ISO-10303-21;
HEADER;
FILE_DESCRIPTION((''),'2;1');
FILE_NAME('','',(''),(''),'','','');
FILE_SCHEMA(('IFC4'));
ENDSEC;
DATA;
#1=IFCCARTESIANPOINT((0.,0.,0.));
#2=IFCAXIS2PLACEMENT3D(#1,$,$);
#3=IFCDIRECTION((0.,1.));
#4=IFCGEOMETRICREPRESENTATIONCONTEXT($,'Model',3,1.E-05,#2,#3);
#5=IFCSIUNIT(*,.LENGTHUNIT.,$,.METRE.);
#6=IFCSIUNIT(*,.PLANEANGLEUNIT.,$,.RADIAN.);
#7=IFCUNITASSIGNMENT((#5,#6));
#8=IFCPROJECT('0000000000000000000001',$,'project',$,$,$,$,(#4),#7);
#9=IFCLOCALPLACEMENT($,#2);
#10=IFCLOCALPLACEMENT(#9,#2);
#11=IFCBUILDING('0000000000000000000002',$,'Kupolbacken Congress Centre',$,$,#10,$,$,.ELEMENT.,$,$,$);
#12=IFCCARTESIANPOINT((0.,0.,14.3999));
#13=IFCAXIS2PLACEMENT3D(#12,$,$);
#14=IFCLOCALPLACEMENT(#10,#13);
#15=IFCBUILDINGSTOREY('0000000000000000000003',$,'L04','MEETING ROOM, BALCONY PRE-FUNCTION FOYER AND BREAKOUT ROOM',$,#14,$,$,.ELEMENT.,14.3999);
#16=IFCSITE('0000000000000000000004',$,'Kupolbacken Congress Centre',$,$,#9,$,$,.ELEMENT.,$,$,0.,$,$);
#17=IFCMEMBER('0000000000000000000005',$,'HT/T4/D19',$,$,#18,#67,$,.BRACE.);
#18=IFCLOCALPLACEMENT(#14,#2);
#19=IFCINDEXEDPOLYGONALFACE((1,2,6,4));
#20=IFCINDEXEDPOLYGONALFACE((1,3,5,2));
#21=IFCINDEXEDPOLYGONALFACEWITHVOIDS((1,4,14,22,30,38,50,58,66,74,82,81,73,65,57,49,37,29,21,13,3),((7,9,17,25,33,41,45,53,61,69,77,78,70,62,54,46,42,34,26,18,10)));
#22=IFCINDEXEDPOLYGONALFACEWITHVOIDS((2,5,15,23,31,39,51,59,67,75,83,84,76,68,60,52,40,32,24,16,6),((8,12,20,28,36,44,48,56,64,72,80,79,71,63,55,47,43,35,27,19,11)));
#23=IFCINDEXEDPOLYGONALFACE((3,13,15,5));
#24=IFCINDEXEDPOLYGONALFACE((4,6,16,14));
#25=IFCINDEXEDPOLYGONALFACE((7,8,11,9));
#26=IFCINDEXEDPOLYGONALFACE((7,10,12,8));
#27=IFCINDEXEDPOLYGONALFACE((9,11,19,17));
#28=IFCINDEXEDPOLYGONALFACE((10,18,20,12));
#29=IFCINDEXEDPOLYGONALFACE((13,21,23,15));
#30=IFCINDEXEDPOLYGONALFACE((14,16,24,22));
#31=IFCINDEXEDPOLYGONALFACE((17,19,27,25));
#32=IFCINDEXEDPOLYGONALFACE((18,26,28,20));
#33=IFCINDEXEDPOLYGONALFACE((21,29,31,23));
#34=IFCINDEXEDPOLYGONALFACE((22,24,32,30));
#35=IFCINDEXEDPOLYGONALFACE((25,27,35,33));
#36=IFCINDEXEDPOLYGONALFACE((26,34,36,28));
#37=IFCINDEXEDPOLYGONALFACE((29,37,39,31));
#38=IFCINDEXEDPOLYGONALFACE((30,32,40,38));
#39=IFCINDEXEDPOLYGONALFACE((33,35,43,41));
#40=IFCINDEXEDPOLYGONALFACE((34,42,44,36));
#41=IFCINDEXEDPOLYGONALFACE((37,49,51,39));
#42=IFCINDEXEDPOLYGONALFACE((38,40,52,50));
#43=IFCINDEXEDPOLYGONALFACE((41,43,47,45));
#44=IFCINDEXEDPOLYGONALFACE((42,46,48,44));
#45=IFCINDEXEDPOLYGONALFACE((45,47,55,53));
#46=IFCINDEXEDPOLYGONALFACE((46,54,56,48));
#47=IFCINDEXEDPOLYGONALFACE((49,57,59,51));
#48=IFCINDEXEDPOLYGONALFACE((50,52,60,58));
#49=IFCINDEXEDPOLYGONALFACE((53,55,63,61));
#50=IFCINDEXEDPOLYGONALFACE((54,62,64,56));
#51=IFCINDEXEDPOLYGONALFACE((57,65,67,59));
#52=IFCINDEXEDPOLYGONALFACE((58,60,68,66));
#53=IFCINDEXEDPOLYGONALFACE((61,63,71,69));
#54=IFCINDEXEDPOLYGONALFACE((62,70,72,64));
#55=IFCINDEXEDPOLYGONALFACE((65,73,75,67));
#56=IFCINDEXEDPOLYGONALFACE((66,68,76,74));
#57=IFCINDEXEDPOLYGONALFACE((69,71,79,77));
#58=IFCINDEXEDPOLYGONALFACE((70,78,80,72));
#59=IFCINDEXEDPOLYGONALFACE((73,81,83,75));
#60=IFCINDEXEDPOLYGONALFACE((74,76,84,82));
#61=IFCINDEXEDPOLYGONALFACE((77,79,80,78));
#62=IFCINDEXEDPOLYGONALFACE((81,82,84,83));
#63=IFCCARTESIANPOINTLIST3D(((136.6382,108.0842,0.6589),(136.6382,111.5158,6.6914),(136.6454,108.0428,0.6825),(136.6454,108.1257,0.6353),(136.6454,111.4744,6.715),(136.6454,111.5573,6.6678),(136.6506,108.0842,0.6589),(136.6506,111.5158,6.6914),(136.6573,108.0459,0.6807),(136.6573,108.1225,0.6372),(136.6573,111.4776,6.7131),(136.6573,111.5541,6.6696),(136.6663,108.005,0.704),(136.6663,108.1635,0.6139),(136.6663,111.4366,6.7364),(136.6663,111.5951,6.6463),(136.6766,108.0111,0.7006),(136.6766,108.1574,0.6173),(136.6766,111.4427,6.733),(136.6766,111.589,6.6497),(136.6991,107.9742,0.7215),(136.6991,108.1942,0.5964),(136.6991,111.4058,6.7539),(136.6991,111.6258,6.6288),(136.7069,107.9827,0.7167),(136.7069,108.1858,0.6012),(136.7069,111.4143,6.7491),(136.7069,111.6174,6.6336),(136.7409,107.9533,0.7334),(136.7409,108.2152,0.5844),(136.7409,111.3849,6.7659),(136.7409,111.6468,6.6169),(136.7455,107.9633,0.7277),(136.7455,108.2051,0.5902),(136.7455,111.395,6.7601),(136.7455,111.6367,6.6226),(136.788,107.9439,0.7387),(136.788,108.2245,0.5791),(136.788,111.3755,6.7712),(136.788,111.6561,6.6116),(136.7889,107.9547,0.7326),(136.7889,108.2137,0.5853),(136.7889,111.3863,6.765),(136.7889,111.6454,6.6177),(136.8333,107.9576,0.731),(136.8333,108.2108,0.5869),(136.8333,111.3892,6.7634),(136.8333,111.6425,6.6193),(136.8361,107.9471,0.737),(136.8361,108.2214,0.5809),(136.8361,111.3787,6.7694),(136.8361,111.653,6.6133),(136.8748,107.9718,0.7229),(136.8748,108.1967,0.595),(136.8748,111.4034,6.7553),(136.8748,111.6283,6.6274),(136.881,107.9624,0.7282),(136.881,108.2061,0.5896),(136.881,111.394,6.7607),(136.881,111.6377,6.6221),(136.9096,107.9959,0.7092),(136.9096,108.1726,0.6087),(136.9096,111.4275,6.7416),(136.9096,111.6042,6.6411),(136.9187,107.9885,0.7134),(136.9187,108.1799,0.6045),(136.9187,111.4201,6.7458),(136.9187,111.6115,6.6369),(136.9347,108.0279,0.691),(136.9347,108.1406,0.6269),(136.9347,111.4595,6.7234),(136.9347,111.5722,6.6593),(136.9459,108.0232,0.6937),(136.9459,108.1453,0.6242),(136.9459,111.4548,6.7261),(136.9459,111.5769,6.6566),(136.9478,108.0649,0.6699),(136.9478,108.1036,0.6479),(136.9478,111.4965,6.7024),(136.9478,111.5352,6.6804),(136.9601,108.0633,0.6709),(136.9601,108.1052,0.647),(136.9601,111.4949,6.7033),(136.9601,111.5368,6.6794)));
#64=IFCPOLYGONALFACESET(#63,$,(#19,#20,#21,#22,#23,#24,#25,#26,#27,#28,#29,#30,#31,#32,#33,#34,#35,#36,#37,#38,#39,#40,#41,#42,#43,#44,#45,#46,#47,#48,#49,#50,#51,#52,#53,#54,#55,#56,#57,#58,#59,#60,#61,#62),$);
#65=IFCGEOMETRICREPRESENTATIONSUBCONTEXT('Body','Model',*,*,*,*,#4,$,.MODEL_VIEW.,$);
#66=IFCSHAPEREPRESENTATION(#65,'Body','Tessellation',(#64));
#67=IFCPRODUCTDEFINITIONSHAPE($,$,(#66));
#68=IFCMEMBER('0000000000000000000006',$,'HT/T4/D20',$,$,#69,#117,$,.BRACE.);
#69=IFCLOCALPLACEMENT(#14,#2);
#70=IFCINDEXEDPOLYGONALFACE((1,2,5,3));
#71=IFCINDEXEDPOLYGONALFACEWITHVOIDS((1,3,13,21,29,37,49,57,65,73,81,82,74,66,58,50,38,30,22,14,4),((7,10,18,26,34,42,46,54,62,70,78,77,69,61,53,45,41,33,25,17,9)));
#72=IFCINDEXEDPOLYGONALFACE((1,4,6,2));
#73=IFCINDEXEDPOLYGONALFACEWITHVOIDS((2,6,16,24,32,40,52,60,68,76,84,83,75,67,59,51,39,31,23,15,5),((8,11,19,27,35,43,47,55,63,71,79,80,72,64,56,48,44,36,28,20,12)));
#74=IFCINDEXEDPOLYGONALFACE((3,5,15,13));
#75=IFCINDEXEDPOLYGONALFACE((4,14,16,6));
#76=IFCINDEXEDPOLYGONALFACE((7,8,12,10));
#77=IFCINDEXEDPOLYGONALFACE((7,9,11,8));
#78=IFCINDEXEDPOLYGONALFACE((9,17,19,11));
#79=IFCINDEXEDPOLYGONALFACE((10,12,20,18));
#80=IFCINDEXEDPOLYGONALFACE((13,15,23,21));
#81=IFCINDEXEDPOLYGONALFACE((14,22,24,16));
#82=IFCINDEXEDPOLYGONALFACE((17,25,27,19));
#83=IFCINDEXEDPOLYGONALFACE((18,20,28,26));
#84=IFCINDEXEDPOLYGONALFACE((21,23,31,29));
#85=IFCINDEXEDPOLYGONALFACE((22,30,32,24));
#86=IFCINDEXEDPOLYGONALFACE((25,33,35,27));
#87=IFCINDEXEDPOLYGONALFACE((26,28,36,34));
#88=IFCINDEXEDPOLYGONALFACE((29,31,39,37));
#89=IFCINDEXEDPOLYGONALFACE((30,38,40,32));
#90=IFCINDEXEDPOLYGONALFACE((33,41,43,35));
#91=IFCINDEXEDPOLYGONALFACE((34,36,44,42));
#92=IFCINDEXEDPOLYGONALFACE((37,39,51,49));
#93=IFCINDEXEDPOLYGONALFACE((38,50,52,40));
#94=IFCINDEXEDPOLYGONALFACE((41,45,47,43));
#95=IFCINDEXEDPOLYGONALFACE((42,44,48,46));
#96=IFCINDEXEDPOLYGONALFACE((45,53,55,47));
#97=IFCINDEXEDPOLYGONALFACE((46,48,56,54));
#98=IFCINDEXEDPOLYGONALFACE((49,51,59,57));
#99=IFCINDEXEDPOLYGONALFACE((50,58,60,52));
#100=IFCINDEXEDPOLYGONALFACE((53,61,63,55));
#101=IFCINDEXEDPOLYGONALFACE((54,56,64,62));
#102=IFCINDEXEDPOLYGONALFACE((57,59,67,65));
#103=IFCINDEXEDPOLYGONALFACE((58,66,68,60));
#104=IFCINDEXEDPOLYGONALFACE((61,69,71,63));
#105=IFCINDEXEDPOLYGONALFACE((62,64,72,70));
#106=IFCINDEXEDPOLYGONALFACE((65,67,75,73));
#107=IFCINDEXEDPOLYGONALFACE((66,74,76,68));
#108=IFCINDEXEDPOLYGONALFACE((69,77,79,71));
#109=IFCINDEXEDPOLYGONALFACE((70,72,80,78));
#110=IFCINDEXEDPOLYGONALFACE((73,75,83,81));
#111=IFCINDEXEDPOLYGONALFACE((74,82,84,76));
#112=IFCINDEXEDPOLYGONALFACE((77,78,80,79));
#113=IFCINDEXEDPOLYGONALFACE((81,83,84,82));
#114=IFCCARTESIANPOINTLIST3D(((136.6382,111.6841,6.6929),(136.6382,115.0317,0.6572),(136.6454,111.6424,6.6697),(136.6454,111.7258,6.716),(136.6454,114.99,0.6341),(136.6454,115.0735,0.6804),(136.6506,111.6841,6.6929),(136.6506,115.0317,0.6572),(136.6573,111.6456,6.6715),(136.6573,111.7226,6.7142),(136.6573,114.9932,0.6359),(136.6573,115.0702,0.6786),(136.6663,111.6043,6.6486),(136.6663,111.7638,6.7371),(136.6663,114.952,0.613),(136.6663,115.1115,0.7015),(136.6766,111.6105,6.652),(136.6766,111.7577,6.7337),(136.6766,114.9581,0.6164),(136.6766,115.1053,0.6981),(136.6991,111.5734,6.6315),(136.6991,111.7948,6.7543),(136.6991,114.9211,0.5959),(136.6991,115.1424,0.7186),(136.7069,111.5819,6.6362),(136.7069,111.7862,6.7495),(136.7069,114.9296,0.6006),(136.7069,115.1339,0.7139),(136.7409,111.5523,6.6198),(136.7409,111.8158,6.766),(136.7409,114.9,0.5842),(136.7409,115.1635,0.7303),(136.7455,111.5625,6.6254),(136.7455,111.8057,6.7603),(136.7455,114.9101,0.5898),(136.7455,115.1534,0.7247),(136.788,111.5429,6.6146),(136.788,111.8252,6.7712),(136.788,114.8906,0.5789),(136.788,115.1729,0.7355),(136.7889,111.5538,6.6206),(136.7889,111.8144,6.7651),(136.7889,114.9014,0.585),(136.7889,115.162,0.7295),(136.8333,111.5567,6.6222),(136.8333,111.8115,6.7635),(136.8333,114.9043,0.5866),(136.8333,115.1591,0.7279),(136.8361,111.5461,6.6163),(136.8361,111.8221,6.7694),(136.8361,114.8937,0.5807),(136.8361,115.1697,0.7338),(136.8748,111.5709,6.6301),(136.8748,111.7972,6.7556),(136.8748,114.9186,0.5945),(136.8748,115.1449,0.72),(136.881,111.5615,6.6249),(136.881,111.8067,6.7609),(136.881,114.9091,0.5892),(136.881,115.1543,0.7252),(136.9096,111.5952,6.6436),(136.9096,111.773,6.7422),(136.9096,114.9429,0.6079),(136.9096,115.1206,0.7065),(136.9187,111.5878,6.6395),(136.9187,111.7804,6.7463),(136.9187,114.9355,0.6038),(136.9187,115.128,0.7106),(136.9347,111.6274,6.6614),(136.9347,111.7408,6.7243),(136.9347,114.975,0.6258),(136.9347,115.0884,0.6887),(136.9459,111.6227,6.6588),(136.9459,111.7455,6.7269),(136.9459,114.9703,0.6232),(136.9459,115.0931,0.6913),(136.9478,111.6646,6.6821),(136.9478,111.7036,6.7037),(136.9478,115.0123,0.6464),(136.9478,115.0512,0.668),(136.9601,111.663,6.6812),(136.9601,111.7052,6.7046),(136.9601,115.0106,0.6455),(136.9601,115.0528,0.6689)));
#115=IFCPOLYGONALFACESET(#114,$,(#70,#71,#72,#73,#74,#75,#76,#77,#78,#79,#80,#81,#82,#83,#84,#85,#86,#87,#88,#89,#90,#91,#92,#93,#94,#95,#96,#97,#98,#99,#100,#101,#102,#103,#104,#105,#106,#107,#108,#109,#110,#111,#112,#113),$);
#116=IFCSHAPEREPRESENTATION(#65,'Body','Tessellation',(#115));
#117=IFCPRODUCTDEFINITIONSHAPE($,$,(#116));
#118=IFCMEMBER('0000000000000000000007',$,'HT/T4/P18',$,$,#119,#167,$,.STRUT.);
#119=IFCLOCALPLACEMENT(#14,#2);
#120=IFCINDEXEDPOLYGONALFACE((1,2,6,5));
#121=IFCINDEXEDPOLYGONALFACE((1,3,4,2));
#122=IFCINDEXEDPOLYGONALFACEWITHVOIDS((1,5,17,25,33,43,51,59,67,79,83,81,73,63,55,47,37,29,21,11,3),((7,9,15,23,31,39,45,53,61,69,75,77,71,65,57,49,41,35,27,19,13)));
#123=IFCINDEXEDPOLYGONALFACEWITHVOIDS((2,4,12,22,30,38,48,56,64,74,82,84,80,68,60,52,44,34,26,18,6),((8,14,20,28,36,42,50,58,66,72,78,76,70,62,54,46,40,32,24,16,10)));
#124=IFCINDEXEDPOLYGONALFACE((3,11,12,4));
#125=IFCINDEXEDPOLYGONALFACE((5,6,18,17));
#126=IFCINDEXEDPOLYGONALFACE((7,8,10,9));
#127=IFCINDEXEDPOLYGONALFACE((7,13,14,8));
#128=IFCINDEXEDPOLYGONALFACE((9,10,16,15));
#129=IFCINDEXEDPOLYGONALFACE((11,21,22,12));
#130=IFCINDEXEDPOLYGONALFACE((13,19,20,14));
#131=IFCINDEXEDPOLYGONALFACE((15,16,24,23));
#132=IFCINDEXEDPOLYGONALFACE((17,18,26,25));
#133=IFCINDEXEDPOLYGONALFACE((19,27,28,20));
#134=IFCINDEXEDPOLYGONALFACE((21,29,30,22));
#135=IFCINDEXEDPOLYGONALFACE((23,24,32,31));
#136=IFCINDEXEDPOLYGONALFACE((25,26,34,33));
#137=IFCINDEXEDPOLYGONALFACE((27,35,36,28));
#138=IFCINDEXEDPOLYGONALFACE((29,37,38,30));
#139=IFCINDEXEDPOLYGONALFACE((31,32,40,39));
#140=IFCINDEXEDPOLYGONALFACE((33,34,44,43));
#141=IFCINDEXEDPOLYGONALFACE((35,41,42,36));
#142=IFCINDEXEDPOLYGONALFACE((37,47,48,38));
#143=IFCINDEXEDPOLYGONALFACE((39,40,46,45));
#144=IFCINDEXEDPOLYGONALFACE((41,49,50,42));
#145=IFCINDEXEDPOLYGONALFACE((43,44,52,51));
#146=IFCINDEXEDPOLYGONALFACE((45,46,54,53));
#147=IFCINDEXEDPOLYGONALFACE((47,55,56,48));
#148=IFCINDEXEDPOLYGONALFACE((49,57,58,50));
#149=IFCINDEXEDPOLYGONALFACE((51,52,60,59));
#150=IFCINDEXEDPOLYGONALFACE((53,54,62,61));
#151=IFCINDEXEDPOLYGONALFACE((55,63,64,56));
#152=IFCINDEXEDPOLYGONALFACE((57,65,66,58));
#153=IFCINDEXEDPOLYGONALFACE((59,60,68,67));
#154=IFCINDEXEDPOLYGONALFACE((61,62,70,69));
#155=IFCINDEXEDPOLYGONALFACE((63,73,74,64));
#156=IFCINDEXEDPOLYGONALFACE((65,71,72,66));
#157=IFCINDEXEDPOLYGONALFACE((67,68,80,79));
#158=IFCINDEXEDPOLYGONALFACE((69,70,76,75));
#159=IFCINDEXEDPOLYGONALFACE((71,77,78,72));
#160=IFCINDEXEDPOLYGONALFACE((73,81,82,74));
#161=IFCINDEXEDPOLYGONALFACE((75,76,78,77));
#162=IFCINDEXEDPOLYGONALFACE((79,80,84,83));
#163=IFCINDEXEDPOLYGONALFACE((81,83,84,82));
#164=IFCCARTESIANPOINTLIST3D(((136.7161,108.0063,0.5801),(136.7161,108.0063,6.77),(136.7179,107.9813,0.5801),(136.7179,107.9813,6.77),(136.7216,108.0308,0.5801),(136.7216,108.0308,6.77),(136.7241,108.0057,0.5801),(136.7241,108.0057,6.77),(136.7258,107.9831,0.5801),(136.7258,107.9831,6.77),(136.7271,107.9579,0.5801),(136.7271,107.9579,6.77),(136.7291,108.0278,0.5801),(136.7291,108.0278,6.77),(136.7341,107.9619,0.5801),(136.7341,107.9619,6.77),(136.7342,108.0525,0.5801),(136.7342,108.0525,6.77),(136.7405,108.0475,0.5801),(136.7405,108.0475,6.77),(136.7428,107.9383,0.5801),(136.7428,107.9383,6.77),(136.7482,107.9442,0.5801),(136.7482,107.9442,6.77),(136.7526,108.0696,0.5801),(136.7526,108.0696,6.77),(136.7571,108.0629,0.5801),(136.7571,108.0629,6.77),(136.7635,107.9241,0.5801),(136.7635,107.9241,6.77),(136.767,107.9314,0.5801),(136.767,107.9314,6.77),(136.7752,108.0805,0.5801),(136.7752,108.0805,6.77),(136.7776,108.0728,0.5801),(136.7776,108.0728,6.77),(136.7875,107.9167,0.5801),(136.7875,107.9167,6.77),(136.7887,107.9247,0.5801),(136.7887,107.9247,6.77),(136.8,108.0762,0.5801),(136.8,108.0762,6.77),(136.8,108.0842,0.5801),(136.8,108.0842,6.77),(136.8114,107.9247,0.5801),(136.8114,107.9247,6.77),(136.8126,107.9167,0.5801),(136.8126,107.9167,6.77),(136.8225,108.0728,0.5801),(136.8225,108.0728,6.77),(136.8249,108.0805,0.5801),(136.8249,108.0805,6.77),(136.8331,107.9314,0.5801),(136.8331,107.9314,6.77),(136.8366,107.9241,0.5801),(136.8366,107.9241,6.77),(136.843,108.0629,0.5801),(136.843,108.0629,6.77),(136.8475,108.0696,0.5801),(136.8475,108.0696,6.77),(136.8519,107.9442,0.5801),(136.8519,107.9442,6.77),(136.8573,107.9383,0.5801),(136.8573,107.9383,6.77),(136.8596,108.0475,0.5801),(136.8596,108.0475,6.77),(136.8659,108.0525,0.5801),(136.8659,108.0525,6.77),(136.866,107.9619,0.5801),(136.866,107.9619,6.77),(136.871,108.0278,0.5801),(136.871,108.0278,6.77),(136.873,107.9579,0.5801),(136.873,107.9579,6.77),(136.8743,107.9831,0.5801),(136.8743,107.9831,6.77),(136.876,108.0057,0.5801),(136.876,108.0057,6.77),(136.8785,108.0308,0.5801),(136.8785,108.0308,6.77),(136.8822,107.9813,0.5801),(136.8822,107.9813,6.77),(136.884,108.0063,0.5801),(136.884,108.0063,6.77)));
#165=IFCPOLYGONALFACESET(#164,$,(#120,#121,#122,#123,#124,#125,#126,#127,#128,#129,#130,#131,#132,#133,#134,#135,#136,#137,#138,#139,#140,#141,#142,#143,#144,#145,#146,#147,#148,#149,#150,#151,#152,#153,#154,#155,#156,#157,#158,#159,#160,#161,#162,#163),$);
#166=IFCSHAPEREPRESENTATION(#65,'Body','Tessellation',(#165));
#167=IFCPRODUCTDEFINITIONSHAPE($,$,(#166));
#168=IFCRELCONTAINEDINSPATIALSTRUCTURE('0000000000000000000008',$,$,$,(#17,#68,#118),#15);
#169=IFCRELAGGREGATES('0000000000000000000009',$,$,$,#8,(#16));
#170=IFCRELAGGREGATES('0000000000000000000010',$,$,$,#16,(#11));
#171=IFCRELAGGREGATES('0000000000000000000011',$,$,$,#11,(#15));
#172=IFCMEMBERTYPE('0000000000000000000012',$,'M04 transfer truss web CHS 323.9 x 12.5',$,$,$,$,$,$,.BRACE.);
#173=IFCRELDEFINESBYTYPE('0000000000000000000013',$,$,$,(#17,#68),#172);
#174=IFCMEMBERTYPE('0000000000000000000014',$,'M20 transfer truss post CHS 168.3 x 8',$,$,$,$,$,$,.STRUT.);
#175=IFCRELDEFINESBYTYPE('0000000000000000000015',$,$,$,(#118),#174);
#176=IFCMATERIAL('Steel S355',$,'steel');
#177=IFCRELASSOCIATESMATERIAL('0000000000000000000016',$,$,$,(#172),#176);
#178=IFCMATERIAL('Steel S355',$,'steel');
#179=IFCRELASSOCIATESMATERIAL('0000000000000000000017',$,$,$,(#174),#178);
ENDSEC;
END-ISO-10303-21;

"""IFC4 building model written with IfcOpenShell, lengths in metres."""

from ifc_helpers import new_model, si_unit, direction, frame, origin, origin_2d, place, context, subcontext, project, spatial, hollow_circle, extrude, material, material_profile, profile_set, type_object, element, save


model = new_model("IFC4")

# Units and contexts
model_context = context("Model", 3, precision=1e-05, world=origin(), true_north=direction((0.0, 1.0)))
body_context = subcontext(model_context, "Body", "Model", "MODEL_VIEW")
ifc_project = project(units=[si_unit("LENGTHUNIT", "METRE"), si_unit("PLANEANGLEUNIT", "RADIAN")], contexts=[model_context])

# Site, building, storey
site_placement = place(None, origin())
site = spatial("IfcSite", under=ifc_project, at=site_placement, Name="Kupolbacken Congress Centre", CompositionType="ELEMENT", RefElevation=0.0)
building_placement = place(site_placement, origin())
building = spatial("IfcBuilding", under=site, at=building_placement, Name="Kupolbacken Congress Centre", CompositionType="ELEMENT")
storey_placement = place(building_placement, frame((0.0, 0.0, 14.3999)))
storey = spatial("IfcBuildingStorey", under=building, at=storey_placement, Name="L04", Description="MEETING ROOM, BALCONY PRE-FUNCTION FOYER AND BREAKOUT ROOM", CompositionType="ELEMENT", Elevation=14.3999)

# Members
ifc_material_1 = material(Name="Steel S355", Category="steel")
ifc_material_profile_1 = material_profile(ifc_material_1, hollow_circle(Radius=0.1619, WallThickness=0.0125, at=origin_2d()), Name="CHS 323.9 x 12.5")
ifc_profile_set_1 = profile_set([ifc_material_profile_1], Name="Steel S355")
member_type_1 = type_object("IfcMemberType", Name="M04 transfer truss web CHS 323.9 x 12.5", PredefinedType="BRACE", material=ifc_profile_set_1)
member_1_placement = place(storey_placement, frame((136.8, 108.0842, 0.6589), z_axis=(0.0, 0.494456, 0.869203), x_axis=(-1.0, 0.0, 0.0)))
element("IfcMember", 1, at=member_1_placement, inside=storey, type_object=member_type_1, Name="HT/T4/D19", PredefinedType="BRACE", context=body_context, shape_type="SweptSolid", body=[
    extrude(hollow_circle(Radius=0.1619, WallThickness=0.0125, at=origin_2d()), origin(), (0.0, 0.0, 1.0), 6.9402),
])
member_2_placement = place(storey_placement, frame((136.8, 111.6841, 6.6929), z_axis=(0.0, 0.485036, -0.874494), x_axis=(-1.0, 0.0, 0.0)))
element("IfcMember", 2, at=member_2_placement, inside=storey, type_object=member_type_1, Name="HT/T4/D20", PredefinedType="BRACE", context=body_context, shape_type="SweptSolid", body=[
    extrude(hollow_circle(Radius=0.1619, WallThickness=0.0125, at=origin_2d()), origin(), (0.0, 0.0, 1.0), 6.9019),
])
ifc_material_2 = material(Name="Steel S355", Category="steel")
ifc_material_profile_2 = material_profile(ifc_material_2, hollow_circle(Radius=0.0842, WallThickness=0.0081, at=origin_2d()), Name="CHS 168.3 x 8")
ifc_profile_set_2 = profile_set([ifc_material_profile_2], Name="Steel S355")
member_type_2 = type_object("IfcMemberType", Name="M20 transfer truss post CHS 168.3 x 8", PredefinedType="STRUT", material=ifc_profile_set_2)
for number, where, z_axis, x_axis, name in (
    (3, (136.8, 108.0, 0.5801), (0.0, 0.0, 1.0), (0.0, 1.0, 0.0), "HT/T4/P18"),
):
    element("IfcMember", number, at=place(storey_placement, frame(where, z_axis=z_axis, x_axis=x_axis)), inside=storey, type_object=member_type_2, Name=name, PredefinedType="STRUT", context=body_context, shape_type="SweptSolid", body=[
        extrude(hollow_circle(Radius=0.0842, WallThickness=0.0081, at=origin_2d()), origin(), (0.0, 0.0, 1.0), 6.1899),
    ])

save(model, "model.ifc")
